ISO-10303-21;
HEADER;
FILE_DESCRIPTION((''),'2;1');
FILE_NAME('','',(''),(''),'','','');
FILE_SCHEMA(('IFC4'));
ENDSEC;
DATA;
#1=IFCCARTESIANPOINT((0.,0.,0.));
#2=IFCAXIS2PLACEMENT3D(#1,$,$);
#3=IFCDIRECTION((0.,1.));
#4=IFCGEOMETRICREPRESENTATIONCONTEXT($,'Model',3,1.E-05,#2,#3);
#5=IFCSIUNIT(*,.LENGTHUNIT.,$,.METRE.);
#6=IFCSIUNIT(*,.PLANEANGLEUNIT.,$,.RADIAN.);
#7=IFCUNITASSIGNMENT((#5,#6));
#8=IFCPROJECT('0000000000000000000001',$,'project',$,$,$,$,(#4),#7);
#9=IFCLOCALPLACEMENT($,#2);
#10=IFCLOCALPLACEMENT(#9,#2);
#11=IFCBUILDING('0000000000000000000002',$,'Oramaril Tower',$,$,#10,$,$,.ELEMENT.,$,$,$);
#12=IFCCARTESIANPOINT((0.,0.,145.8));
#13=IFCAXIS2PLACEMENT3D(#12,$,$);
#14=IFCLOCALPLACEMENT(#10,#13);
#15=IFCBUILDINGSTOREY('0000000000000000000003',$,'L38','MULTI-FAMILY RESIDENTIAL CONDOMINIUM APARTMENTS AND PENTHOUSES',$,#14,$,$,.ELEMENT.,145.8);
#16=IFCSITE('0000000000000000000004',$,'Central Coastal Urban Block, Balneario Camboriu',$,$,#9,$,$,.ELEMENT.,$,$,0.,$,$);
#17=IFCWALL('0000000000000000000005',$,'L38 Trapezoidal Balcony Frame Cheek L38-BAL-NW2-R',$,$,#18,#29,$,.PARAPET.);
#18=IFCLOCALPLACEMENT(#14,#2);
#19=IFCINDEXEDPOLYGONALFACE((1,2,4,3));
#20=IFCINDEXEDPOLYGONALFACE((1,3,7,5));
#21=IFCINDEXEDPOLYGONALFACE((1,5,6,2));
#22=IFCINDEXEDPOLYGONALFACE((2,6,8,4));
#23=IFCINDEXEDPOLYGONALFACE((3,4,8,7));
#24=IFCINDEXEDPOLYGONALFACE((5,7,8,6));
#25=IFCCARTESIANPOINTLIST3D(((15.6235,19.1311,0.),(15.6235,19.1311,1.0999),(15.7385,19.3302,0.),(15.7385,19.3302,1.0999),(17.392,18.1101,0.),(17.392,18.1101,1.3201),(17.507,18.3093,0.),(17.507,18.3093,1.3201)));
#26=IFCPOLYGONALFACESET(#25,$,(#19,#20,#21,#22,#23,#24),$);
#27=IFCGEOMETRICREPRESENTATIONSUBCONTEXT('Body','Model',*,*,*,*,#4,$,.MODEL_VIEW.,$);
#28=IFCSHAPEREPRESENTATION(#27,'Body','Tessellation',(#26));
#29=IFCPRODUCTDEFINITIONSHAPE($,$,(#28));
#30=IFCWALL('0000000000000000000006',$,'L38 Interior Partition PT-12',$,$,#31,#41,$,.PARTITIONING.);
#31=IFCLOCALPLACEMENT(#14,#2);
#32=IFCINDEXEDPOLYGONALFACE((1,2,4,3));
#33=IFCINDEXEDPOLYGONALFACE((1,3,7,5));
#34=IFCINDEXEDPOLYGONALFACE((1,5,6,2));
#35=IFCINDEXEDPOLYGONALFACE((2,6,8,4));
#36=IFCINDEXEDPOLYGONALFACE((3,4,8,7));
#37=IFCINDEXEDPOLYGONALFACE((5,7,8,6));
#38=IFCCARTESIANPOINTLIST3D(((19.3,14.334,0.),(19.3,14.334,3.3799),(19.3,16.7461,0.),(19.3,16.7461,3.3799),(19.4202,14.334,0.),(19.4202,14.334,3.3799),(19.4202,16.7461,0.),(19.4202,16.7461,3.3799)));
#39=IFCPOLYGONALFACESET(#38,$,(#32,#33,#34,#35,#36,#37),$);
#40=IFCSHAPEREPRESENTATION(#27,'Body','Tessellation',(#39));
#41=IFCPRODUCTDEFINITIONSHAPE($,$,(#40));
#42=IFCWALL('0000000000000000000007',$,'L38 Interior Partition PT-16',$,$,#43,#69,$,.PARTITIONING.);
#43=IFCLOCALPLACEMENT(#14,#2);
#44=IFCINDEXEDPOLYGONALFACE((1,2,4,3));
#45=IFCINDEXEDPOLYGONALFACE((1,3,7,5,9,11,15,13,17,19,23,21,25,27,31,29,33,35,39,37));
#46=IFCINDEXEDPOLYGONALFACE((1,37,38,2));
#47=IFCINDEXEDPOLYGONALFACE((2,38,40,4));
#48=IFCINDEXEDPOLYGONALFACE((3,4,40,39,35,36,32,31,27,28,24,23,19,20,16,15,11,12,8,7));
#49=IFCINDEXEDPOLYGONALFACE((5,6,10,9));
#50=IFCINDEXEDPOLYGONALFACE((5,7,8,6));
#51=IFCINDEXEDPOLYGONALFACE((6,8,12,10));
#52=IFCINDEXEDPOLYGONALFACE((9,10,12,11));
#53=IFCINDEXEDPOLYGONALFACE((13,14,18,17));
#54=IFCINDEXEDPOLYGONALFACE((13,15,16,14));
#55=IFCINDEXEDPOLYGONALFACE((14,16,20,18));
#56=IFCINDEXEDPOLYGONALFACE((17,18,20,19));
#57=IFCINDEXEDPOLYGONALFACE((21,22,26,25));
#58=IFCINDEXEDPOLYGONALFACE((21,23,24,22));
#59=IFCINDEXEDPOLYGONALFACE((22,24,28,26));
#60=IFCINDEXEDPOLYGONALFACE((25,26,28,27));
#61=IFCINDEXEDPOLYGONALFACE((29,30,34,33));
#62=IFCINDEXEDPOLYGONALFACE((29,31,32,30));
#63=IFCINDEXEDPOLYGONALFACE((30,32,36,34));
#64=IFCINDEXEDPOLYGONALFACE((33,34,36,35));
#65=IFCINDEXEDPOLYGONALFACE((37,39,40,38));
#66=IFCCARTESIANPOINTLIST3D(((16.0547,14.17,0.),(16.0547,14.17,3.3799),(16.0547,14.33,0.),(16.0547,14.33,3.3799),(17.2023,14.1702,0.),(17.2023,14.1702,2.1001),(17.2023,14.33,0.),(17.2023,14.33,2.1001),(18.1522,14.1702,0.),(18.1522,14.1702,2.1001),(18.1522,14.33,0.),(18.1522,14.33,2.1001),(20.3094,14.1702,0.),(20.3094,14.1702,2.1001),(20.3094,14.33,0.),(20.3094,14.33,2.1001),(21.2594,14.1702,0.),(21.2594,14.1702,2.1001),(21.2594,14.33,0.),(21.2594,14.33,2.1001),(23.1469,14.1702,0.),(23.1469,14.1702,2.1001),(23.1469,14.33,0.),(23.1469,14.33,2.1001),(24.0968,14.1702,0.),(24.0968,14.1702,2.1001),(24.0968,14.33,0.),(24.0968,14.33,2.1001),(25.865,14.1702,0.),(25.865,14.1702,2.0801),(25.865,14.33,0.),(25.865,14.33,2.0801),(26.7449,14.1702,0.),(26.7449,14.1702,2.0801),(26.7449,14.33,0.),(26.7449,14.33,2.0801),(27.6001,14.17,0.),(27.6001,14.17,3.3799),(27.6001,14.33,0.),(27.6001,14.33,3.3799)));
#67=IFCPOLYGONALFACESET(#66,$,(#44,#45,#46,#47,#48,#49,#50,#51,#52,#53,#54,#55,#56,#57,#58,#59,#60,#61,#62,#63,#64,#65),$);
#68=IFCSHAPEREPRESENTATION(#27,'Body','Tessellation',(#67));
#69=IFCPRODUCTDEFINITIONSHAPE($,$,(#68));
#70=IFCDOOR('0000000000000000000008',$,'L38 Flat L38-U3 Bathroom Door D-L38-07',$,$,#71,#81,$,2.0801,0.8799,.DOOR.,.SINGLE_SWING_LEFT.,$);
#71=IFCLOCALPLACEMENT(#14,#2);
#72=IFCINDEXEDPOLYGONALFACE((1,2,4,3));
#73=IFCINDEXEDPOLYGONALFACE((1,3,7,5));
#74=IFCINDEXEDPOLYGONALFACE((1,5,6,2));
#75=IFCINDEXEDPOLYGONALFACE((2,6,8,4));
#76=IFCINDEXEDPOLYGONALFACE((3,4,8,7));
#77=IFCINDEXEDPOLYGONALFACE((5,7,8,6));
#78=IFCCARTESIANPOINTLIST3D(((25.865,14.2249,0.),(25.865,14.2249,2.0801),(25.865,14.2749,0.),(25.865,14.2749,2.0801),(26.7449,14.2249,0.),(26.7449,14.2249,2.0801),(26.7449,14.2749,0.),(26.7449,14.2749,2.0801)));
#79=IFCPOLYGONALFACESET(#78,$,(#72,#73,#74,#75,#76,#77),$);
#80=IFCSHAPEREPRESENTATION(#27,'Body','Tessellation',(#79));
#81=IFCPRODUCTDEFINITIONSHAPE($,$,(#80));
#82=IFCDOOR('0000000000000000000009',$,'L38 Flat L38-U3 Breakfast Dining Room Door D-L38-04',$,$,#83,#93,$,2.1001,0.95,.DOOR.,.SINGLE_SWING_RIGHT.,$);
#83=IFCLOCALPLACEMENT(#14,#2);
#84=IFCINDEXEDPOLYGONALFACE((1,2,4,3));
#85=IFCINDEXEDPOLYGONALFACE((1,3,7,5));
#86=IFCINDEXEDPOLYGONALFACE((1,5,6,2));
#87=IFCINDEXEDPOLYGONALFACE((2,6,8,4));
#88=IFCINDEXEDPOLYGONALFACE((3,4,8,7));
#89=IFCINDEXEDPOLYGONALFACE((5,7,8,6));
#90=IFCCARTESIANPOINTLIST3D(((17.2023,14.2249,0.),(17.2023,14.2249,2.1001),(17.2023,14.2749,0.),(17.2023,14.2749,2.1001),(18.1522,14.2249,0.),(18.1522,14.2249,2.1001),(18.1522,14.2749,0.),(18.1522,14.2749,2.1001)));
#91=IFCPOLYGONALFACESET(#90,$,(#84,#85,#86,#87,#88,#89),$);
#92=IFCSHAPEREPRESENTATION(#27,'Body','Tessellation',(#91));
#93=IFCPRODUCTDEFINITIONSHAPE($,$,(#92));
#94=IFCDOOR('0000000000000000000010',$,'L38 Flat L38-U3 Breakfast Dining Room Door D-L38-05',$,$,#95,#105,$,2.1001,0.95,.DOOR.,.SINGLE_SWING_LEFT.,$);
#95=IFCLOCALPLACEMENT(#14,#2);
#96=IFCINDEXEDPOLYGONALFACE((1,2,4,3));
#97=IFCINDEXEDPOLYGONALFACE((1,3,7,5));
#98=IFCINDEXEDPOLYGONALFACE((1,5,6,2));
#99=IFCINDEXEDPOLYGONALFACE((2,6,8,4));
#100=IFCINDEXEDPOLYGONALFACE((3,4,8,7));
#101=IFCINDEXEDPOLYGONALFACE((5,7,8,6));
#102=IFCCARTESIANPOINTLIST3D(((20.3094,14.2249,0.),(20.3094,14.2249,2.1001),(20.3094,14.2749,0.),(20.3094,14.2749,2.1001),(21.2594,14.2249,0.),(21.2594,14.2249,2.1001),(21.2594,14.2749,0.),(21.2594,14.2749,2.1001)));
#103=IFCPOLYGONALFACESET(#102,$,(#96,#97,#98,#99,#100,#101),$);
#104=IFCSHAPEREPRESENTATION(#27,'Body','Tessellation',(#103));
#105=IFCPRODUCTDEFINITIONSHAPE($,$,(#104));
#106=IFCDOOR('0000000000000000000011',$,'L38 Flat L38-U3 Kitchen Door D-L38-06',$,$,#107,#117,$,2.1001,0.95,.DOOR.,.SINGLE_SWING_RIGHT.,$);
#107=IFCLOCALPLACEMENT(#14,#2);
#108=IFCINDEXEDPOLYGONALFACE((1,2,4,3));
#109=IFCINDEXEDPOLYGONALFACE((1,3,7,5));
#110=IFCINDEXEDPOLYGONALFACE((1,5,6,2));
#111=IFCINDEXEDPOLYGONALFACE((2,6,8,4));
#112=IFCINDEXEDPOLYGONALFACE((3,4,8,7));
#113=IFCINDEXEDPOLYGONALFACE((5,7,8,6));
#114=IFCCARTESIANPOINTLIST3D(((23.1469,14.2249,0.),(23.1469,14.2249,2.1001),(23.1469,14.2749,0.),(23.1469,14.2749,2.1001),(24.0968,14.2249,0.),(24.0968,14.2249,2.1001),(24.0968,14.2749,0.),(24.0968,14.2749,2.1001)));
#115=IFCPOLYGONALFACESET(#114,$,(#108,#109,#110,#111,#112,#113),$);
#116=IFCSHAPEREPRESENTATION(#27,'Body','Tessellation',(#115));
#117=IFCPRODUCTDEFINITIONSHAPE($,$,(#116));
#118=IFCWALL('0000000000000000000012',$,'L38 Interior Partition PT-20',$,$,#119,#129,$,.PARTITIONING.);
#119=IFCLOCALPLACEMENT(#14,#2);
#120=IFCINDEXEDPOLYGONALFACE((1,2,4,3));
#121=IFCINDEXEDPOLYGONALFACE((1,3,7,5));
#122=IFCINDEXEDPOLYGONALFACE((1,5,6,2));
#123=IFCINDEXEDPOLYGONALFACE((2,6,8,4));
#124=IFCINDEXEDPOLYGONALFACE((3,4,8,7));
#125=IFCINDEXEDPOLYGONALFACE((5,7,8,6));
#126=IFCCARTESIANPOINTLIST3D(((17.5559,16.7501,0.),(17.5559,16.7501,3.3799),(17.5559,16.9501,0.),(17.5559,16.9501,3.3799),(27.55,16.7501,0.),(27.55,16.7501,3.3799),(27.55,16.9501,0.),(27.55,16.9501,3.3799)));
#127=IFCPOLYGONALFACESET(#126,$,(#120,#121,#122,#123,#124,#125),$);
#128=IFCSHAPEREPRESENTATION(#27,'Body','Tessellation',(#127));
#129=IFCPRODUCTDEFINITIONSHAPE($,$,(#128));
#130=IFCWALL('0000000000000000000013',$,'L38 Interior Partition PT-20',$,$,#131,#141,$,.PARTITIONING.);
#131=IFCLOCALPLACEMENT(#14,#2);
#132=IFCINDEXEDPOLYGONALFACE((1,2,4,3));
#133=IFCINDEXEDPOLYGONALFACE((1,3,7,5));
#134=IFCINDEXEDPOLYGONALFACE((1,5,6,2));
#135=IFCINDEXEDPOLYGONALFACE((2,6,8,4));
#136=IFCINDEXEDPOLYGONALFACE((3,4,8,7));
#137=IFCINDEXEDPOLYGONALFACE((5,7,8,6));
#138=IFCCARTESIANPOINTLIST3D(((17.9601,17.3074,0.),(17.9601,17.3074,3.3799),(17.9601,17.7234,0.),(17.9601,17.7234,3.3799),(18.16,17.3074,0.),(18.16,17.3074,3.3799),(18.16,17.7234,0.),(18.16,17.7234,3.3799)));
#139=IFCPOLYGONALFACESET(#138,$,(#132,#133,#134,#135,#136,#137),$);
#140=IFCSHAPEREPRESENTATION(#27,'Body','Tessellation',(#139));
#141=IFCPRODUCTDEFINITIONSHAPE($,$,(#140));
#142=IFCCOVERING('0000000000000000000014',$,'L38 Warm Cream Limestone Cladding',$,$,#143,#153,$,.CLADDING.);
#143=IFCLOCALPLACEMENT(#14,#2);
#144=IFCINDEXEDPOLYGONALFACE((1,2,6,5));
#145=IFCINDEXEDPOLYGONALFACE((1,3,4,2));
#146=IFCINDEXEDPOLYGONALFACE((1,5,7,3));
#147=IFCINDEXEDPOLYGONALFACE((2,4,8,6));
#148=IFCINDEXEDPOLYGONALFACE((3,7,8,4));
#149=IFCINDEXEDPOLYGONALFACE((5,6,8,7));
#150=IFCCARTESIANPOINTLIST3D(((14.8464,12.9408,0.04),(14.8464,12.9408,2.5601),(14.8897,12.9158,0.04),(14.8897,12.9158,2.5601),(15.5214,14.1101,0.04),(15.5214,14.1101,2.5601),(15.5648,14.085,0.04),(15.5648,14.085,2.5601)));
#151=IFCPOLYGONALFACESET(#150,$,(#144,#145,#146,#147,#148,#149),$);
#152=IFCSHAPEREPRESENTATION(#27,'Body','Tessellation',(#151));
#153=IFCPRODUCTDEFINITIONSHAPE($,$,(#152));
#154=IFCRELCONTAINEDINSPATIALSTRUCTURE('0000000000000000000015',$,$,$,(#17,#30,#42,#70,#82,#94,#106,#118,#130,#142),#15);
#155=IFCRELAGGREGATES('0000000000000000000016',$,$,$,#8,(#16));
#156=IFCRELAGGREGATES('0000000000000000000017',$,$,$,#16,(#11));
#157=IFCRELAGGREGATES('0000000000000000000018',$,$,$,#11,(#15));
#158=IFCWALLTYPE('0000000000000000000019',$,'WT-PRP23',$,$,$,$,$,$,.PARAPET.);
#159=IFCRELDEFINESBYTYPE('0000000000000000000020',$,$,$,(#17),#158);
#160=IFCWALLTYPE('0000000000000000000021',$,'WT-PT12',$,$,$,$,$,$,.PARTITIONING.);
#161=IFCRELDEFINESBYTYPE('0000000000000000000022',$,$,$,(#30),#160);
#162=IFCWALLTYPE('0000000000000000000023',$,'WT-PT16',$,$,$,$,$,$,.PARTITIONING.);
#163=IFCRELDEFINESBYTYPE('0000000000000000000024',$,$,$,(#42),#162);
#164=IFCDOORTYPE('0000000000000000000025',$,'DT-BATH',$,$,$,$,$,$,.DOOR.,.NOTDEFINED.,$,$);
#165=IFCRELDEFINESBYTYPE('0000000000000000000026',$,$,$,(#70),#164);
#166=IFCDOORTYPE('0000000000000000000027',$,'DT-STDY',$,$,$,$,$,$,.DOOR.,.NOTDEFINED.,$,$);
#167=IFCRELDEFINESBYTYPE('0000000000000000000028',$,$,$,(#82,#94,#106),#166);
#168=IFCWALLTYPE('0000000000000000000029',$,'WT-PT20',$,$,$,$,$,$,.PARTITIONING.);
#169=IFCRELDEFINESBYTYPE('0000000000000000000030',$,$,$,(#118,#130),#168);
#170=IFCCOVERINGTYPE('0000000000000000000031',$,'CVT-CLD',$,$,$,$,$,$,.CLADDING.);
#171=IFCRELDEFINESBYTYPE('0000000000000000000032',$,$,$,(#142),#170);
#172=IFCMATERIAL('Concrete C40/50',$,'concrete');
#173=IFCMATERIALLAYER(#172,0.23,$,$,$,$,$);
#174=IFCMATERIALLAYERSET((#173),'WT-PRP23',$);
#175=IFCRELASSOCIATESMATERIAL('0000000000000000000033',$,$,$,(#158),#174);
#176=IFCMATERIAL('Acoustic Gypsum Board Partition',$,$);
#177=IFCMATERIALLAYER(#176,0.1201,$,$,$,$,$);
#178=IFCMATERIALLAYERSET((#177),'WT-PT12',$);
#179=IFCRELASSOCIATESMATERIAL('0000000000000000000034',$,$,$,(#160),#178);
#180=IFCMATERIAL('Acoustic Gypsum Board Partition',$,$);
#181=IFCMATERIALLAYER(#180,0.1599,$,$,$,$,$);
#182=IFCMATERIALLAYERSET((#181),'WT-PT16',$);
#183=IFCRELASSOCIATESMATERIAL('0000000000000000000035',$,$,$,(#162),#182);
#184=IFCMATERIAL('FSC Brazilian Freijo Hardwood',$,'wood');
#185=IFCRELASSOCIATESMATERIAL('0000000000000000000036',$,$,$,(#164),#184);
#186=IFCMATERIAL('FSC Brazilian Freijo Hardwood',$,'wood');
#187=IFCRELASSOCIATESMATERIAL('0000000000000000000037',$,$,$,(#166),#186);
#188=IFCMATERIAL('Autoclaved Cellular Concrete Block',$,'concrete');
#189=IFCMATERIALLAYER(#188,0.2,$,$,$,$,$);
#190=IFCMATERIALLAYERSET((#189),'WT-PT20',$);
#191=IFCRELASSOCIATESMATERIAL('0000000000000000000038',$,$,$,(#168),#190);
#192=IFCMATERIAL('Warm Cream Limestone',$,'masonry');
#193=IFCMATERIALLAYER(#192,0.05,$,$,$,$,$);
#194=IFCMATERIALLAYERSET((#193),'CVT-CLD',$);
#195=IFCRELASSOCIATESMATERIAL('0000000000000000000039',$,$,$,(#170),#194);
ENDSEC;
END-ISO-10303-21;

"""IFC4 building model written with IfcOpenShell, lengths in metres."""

from ifc_helpers import new_model, si_unit, direction, frame, frame_2d, origin, origin_2d, place, context, subcontext, project, spatial, polyline, rectangle, outline, extrude, material, layer, layer_set, type_object, element, fill, save


model = new_model("IFC4")

# Units and contexts
model_context = context("Model", 3, precision=1e-05, world=origin(), true_north=direction((0.0, 1.0)))
body_context = subcontext(model_context, "Body", "Model", "MODEL_VIEW")
ifc_project = project(units=[si_unit("LENGTHUNIT", "METRE"), si_unit("PLANEANGLEUNIT", "RADIAN")], contexts=[model_context])

# Site, building, storey
site_placement = place(None, origin())
site = spatial("IfcSite", under=ifc_project, at=site_placement, Name="Central Coastal Urban Block, Balneario Camboriu", CompositionType="ELEMENT", RefElevation=0.0)
building_placement = place(site_placement, origin())
building = spatial("IfcBuilding", under=site, at=building_placement, Name="Oramaril Tower", CompositionType="ELEMENT")
storey_placement = place(building_placement, frame((0.0, 0.0, 145.8)))
storey = spatial("IfcBuildingStorey", under=building, at=storey_placement, Name="L38", Description="MULTI-FAMILY RESIDENTIAL CONDOMINIUM APARTMENTS AND PENTHOUSES", CompositionType="ELEMENT", Elevation=145.8)

# Walls
ifc_material_1 = material(Name="Concrete C40/50", Category="concrete")
ifc_layer_1 = layer(ifc_material_1, 0.23)
ifc_layer_set_1 = layer_set([ifc_layer_1], Name="WT-PRP23")
wall_type_1 = type_object("IfcWallType", Name="WT-PRP23", PredefinedType="PARAPET", material=ifc_layer_set_1)
wall_1_placement = place(storey_placement, frame((17.4495, 18.2097, 0.0), z_axis=(0.0, 0.0, 1.0), x_axis=(-0.866042, 0.499971, 0.0)))
element("IfcWall", 1, at=wall_1_placement, inside=storey, type_object=wall_type_1, Name="L38 Trapezoidal Balcony Frame Cheek L38-BAL-NW2-R", PredefinedType="PARAPET", context=body_context, shape_type="SweptSolid", body=[
    extrude(outline(polyline([(0.0, 0.0), (2.042, 0.0), (2.042, 1.0999), (0.0, 1.3201), (0.0, 0.0)])), frame((0.0, 0.115, 0.0), z_axis=(0.0, -1.0, 0.0), x_axis=(1.0, 0.0, 0.0)), (0.0, 0.0, 1.0), 0.23),
])
ifc_material_2 = material(Name="Acoustic Gypsum Board Partition")
ifc_layer_2 = layer(ifc_material_2, 0.1201)
ifc_layer_set_2 = layer_set([ifc_layer_2], Name="WT-PT12")
wall_type_2 = type_object("IfcWallType", Name="WT-PT12", PredefinedType="PARTITIONING", material=ifc_layer_set_2)
wall_2_placement = place(storey_placement, frame((19.3601, 14.334, 0.0), z_axis=(0.0, 0.0, 1.0), x_axis=(0.0, 1.0, 0.0)))
element("IfcWall", 2, at=wall_2_placement, inside=storey, type_object=wall_type_2, Name="L38 Interior Partition PT-12", PredefinedType="PARTITIONING", context=body_context, shape_type="SweptSolid", body=[
    extrude(rectangle(XDim=2.4121, YDim=0.1201, at=frame_2d((1.2061, 0.0))), origin(), (0.0, 0.0, 1.0), 3.3799),
])

# Wall, openings, doors
ifc_material_3 = material(Name="Acoustic Gypsum Board Partition")
ifc_layer_3 = layer(ifc_material_3, 0.1599)
ifc_layer_set_3 = layer_set([ifc_layer_3], Name="WT-PT16")
wall_type_3 = type_object("IfcWallType", Name="WT-PT16", PredefinedType="PARTITIONING", material=ifc_layer_set_3)
wall_3_placement = place(storey_placement, frame((16.0547, 14.25, 0.0), z_axis=(0.0, 0.0, 1.0), x_axis=(1.0, 0.0, 0.0)))
wall_3 = element("IfcWall", 3, at=wall_3_placement, inside=storey, type_object=wall_type_3, Name="L38 Interior Partition PT-16", PredefinedType="PARTITIONING", context=body_context, shape_type="SweptSolid", body=[
    extrude(rectangle(XDim=11.5454, YDim=0.1599, at=frame_2d((5.7727, 0.0))), origin(), (0.0, 0.0, 1.0), 3.3799),
])
opening_1_placement = place(wall_3_placement, frame((1.1475, 0.0, 0.0)))
opening_1 = element("IfcOpeningElement", 4, at=opening_1_placement, cuts=wall_3, PredefinedType="OPENING", context=body_context, shape_type="SweptSolid", body=[
    extrude(rectangle(XDim=0.95, YDim=2.1001, at=frame_2d((0.4751, 1.05))), frame((0.0, 0.0801, 0.0), z_axis=(0.0, -1.0, 0.0), x_axis=(1.0, 0.0, 0.0)), (0.0, 0.0, 1.0), 0.1599),
])
opening_2_placement = place(wall_3_placement, frame((4.2546, 0.0, 0.0)))
opening_2 = element("IfcOpeningElement", 5, at=opening_2_placement, cuts=wall_3, PredefinedType="OPENING", context=body_context, shape_type="SweptSolid", body=[
    extrude(rectangle(XDim=0.95, YDim=2.1001, at=frame_2d((0.4751, 1.05))), frame((0.0, 0.0801, 0.0), z_axis=(0.0, -1.0, 0.0), x_axis=(1.0, 0.0, 0.0)), (0.0, 0.0, 1.0), 0.1599),
])
opening_3_placement = place(wall_3_placement, frame((7.092, 0.0, 0.0)))
opening_3 = element("IfcOpeningElement", 6, at=opening_3_placement, cuts=wall_3, PredefinedType="OPENING", context=body_context, shape_type="SweptSolid", body=[
    extrude(rectangle(XDim=0.95, YDim=2.1001, at=frame_2d((0.4751, 1.05))), frame((0.0, 0.0801, 0.0), z_axis=(0.0, -1.0, 0.0), x_axis=(1.0, 0.0, 0.0)), (0.0, 0.0, 1.0), 0.1599),
])
opening_4_placement = place(wall_3_placement, frame((9.8103, 0.0, 0.0)))
opening_4 = element("IfcOpeningElement", 7, at=opening_4_placement, cuts=wall_3, PredefinedType="OPENING", context=body_context, shape_type="SweptSolid", body=[
    extrude(rectangle(XDim=0.8799, YDim=2.0801, at=frame_2d((0.4399, 1.04))), frame((0.0, 0.0801, 0.0), z_axis=(0.0, -1.0, 0.0), x_axis=(1.0, 0.0, 0.0)), (0.0, 0.0, 1.0), 0.1599),
])
ifc_material_4 = material(Name="FSC Brazilian Freijo Hardwood", Category="wood")
door_type_1 = type_object("IfcDoorType", Name="DT-BATH", OperationType="NOTDEFINED", PredefinedType="DOOR", material=ifc_material_4)
door_1_placement = place(opening_4_placement, origin())
door_1 = element("IfcDoor", 8, at=door_1_placement, inside=storey, type_object=door_type_1, Name="L38 Flat L38-U3 Bathroom Door D-L38-07", OperationType="SINGLE_SWING_LEFT", OverallHeight=2.0801, OverallWidth=0.8799, PredefinedType="DOOR", context=body_context, shape_type="SweptSolid", body=[
    extrude(rectangle(XDim=0.8799, YDim=2.0801, at=frame_2d((0.4399, 1.04))), frame((0.0, 0.0249, 0.0), z_axis=(0.0, -1.0, 0.0), x_axis=(1.0, 0.0, 0.0)), (0.0, 0.0, 1.0), 0.05),
])
fill(opening_4, door_1)
ifc_material_5 = material(Name="FSC Brazilian Freijo Hardwood", Category="wood")
door_type_2 = type_object("IfcDoorType", Name="DT-STDY", OperationType="NOTDEFINED", PredefinedType="DOOR", material=ifc_material_5)
door_2_placement = place(opening_1_placement, origin())
door_2 = element("IfcDoor", 9, at=door_2_placement, inside=storey, type_object=door_type_2, Name="L38 Flat L38-U3 Breakfast Dining Room Door D-L38-04", OperationType="SINGLE_SWING_RIGHT", OverallHeight=2.1001, OverallWidth=0.95, PredefinedType="DOOR", context=body_context, shape_type="SweptSolid", body=[
    extrude(rectangle(XDim=0.95, YDim=2.1001, at=frame_2d((0.4751, 1.05))), frame((0.0, 0.0249, 0.0), z_axis=(0.0, -1.0, 0.0), x_axis=(1.0, 0.0, 0.0)), (0.0, 0.0, 1.0), 0.05),
])
fill(opening_1, door_2)
door_3_placement = place(opening_2_placement, origin())
door_3 = element("IfcDoor", 10, at=door_3_placement, inside=storey, type_object=door_type_2, Name="L38 Flat L38-U3 Breakfast Dining Room Door D-L38-05", OperationType="SINGLE_SWING_LEFT", OverallHeight=2.1001, OverallWidth=0.95, PredefinedType="DOOR", context=body_context, shape_type="SweptSolid", body=[
    extrude(rectangle(XDim=0.95, YDim=2.1001, at=frame_2d((0.4751, 1.05))), frame((0.0, 0.0249, 0.0), z_axis=(0.0, -1.0, 0.0), x_axis=(1.0, 0.0, 0.0)), (0.0, 0.0, 1.0), 0.05),
])
fill(opening_2, door_3)
door_4_placement = place(opening_3_placement, origin())
door_4 = element("IfcDoor", 11, at=door_4_placement, inside=storey, type_object=door_type_2, Name="L38 Flat L38-U3 Kitchen Door D-L38-06", OperationType="SINGLE_SWING_RIGHT", OverallHeight=2.1001, OverallWidth=0.95, PredefinedType="DOOR", context=body_context, shape_type="SweptSolid", body=[
    extrude(rectangle(XDim=0.95, YDim=2.1001, at=frame_2d((0.4751, 1.05))), frame((0.0, 0.0249, 0.0), z_axis=(0.0, -1.0, 0.0), x_axis=(1.0, 0.0, 0.0)), (0.0, 0.0, 1.0), 0.05),
])
fill(opening_3, door_4)

# Wall
ifc_material_6 = material(Name="Autoclaved Cellular Concrete Block", Category="concrete")
ifc_layer_4 = layer(ifc_material_6, 0.2)
ifc_layer_set_4 = layer_set([ifc_layer_4], Name="WT-PT20")
wall_type_4 = type_object("IfcWallType", Name="WT-PT20", PredefinedType="PARTITIONING", material=ifc_layer_set_4)
wall_4_placement = place(storey_placement, frame((17.5559, 16.8501, 0.0), z_axis=(0.0, 0.0, 1.0), x_axis=(1.0, 0.0, 0.0)))
element("IfcWall", 12, at=wall_4_placement, inside=storey, type_object=wall_type_4, Name="L38 Interior Partition PT-20", PredefinedType="PARTITIONING", context=body_context, shape_type="SweptSolid", body=[
    extrude(rectangle(XDim=9.9941, YDim=0.2, at=frame_2d((4.9971, 0.0))), origin(), (0.0, 0.0, 1.0), 3.3799),
])

# Wall
wall_5_placement = place(storey_placement, frame((18.0601, 17.3074, 0.0), z_axis=(0.0, 0.0, 1.0), x_axis=(0.0, 1.0, 0.0)))
element("IfcWall", 13, at=wall_5_placement, inside=storey, type_object=wall_type_4, Name="L38 Interior Partition PT-20", PredefinedType="PARTITIONING", context=body_context, shape_type="SweptSolid", body=[
    extrude(rectangle(XDim=0.416, YDim=0.2, at=frame_2d((0.208, 0.0))), origin(), (0.0, 0.0, 1.0), 3.3799),
])

# Covering
ifc_material_7 = material(Name="Warm Cream Limestone", Category="masonry")
ifc_layer_5 = layer(ifc_material_7, 0.05)
ifc_layer_set_5 = layer_set([ifc_layer_5], Name="CVT-CLD")
covering_type = type_object("IfcCoveringType", Name="CVT-CLD", PredefinedType="CLADDING", material=ifc_layer_set_5)
covering_placement = place(storey_placement, frame((15.2056, 13.5129, 0.04), z_axis=(0.0, 0.0, 1.0), x_axis=(-0.499998, -0.866026, 0.0)))
element("IfcCovering", 14, at=covering_placement, inside=storey, type_object=covering_type, Name="L38 Warm Cream Limestone Cladding", PredefinedType="CLADDING", context=body_context, shape_type="SweptSolid", body=[
    extrude(rectangle(XDim=1.3501, YDim=0.05, at=origin_2d()), origin(), (0.0, 0.0, 1.0), 2.52),
])

save(model, "model.ifc")
